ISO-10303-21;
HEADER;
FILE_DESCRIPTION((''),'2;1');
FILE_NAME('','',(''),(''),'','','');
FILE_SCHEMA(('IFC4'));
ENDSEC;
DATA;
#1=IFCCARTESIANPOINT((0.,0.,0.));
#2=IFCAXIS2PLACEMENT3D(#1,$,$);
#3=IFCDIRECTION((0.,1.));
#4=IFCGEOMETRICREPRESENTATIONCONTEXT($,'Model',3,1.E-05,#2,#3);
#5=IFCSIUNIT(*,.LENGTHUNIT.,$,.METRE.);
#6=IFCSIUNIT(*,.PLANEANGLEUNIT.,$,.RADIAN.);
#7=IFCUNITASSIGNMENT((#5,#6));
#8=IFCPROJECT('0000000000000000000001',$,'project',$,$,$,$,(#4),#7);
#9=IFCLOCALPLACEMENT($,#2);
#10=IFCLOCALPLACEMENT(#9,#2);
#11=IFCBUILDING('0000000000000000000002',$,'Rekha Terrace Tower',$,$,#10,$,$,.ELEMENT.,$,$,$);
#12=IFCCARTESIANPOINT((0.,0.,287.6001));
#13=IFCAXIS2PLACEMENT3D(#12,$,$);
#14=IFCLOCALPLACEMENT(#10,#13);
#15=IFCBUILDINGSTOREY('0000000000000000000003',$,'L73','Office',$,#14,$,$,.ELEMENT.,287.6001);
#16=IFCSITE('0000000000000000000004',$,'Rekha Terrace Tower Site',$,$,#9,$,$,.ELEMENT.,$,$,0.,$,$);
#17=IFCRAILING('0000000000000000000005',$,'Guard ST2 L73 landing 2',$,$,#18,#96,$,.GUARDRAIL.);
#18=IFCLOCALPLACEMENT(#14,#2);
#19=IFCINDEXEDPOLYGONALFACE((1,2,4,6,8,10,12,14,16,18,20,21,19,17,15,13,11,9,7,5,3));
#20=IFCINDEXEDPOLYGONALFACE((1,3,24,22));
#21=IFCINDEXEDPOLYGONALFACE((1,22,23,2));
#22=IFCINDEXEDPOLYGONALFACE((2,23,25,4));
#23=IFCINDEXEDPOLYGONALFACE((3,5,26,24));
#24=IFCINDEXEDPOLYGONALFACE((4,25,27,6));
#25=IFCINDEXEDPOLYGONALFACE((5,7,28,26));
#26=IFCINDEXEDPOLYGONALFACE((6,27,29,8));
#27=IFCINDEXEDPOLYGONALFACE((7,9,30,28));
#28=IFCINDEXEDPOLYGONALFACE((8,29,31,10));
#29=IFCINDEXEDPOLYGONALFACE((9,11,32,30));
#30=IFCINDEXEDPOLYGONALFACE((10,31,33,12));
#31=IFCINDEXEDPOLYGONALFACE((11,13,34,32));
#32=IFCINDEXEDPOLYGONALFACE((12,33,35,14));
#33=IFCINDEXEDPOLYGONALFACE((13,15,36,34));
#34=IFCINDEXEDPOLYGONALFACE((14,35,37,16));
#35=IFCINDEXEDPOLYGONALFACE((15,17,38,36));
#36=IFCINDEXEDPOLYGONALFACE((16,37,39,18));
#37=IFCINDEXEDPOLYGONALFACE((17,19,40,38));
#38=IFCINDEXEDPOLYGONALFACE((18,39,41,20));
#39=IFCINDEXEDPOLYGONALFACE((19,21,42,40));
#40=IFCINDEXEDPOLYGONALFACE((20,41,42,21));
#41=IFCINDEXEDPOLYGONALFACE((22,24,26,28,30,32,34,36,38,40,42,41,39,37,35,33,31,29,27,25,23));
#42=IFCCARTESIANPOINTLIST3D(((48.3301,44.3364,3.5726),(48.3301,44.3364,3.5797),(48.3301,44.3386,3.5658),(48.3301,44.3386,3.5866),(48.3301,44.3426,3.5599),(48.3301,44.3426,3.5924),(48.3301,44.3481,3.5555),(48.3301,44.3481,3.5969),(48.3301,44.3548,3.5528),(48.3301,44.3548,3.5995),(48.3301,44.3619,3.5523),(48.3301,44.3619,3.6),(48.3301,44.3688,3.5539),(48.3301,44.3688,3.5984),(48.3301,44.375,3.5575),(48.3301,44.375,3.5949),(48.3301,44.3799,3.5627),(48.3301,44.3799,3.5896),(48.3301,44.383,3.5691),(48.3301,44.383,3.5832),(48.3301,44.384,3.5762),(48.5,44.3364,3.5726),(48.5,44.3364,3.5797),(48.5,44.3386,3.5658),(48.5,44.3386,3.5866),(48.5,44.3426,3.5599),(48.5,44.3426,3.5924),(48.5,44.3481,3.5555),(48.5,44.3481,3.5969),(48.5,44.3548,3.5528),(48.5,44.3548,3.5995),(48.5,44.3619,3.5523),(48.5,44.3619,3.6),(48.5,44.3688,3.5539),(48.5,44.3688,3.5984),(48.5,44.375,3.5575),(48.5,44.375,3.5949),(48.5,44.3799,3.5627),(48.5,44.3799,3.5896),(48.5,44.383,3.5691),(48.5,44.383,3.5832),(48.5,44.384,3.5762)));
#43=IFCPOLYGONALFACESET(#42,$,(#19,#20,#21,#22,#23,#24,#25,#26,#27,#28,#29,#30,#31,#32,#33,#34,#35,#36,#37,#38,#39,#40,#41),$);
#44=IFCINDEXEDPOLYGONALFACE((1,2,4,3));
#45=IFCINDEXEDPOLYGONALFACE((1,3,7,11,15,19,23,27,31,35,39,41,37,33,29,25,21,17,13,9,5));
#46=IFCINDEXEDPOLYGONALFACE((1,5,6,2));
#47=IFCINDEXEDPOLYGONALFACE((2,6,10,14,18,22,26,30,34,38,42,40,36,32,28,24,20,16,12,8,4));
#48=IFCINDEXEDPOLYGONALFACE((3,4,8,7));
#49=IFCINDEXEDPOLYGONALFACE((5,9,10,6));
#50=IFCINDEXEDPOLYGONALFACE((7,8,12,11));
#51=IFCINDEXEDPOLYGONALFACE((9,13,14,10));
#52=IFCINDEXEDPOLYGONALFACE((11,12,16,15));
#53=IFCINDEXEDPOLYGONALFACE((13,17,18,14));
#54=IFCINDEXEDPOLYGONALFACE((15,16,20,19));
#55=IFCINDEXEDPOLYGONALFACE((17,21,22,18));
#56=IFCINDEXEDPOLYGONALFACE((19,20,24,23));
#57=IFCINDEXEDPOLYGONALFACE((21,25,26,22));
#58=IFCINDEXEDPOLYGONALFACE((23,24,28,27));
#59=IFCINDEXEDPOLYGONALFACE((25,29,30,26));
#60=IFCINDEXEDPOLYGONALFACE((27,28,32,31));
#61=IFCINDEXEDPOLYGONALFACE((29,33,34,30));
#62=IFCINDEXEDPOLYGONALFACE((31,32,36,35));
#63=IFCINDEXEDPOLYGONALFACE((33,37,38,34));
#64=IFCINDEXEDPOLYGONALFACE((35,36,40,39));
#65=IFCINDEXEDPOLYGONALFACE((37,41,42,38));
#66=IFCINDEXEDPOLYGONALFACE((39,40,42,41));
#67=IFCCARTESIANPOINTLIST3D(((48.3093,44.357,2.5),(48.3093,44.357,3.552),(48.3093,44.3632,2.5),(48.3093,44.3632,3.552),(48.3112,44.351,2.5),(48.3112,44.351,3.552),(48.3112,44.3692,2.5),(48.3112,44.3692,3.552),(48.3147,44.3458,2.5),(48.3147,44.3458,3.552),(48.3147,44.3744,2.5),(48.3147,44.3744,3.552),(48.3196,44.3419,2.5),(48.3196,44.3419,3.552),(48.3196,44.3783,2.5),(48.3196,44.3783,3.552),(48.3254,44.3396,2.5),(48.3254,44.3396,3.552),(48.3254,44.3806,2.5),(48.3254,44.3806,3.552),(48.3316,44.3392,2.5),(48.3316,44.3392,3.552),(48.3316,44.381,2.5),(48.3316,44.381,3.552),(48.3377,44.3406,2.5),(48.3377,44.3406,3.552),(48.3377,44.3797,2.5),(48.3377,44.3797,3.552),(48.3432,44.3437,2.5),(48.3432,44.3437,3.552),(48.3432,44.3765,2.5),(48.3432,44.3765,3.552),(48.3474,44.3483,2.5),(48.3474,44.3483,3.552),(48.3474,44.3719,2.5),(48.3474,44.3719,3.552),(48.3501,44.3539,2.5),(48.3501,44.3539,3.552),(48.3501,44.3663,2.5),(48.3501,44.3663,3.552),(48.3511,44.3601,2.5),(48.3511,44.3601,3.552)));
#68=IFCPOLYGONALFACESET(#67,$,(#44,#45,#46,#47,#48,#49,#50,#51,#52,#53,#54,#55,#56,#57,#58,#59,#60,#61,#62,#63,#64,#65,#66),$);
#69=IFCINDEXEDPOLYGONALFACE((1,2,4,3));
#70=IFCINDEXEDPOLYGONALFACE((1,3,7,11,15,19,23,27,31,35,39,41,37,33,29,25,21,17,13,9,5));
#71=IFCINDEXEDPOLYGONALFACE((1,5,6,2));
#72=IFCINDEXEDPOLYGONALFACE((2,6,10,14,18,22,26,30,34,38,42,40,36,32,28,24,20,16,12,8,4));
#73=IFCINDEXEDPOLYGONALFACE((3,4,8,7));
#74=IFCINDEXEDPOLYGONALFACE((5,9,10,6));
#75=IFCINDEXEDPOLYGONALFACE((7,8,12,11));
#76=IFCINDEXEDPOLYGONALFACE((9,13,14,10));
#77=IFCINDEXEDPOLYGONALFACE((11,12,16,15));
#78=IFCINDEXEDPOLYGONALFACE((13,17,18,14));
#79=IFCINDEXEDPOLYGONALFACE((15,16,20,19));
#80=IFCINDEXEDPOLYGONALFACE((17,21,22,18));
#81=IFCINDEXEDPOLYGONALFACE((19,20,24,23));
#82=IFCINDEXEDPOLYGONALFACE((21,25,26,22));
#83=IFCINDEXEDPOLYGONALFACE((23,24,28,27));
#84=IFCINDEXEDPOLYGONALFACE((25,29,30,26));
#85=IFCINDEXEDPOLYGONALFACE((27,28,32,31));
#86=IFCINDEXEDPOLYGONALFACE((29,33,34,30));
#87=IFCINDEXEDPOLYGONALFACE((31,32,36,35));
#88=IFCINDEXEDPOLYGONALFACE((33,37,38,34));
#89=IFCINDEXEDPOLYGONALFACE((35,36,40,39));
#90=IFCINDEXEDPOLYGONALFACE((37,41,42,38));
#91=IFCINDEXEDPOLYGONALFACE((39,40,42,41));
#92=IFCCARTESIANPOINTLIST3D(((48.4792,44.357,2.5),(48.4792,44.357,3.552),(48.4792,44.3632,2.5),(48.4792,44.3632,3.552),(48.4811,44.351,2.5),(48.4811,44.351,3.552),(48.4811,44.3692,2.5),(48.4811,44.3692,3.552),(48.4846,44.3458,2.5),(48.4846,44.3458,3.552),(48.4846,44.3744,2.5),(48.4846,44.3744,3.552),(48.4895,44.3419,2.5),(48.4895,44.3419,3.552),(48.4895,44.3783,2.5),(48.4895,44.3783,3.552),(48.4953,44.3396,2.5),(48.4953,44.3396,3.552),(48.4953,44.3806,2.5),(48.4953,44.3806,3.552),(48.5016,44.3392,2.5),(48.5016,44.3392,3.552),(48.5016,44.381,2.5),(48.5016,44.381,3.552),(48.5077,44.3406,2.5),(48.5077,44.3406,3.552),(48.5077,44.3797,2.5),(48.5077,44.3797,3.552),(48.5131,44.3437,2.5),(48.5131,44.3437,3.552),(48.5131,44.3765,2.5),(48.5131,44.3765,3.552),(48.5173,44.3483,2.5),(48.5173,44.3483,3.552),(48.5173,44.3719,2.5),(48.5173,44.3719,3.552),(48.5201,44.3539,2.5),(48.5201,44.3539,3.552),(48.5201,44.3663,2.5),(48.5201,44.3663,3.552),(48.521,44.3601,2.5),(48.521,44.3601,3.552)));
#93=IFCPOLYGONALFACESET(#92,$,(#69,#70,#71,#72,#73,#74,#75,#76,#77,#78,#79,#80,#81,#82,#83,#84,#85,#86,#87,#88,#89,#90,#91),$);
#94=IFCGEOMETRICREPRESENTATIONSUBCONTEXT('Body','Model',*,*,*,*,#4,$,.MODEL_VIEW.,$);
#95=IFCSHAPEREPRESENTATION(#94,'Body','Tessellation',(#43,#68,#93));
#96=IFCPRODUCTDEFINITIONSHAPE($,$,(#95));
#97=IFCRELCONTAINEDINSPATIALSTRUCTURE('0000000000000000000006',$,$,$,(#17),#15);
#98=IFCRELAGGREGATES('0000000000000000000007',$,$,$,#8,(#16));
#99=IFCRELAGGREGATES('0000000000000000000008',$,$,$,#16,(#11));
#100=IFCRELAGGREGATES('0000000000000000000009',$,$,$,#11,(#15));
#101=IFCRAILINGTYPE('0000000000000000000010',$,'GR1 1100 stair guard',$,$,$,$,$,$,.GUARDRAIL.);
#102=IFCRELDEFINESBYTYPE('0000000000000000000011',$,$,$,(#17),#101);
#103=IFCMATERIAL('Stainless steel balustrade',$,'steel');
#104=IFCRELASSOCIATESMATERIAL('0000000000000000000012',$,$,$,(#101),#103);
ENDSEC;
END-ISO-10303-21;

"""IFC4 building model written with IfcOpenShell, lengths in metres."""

from ifc_helpers import new_model, si_unit, direction, frame, origin, origin_2d, place, context, subcontext, project, spatial, circle, extrude, material, type_object, element, save


model = new_model("IFC4")

# Units and contexts
model_context = context("Model", 3, precision=1e-05, world=origin(), true_north=direction((0.0, 1.0)))
body_context = subcontext(model_context, "Body", "Model", "MODEL_VIEW")
ifc_project = project(units=[si_unit("LENGTHUNIT", "METRE"), si_unit("PLANEANGLEUNIT", "RADIAN")], contexts=[model_context])

# Site, building, storey
site_placement = place(None, origin())
site = spatial("IfcSite", under=ifc_project, at=site_placement, Name="Rekha Terrace Tower Site", CompositionType="ELEMENT", RefElevation=0.0)
building_placement = place(site_placement, origin())
building = spatial("IfcBuilding", under=site, at=building_placement, Name="Rekha Terrace Tower", CompositionType="ELEMENT")
storey_placement = place(building_placement, frame((0.0, 0.0, 287.6001)))
storey = spatial("IfcBuildingStorey", under=building, at=storey_placement, Name="L73", Description="Office", CompositionType="ELEMENT", Elevation=287.6001)

# Railing
ifc_material_1 = material(Name="Stainless steel balustrade", Category="steel")
railing_type_1 = type_object("IfcRailingType", Name="GR1 1100 stair guard", PredefinedType="GUARDRAIL", material=ifc_material_1)
railing_1_placement = place(storey_placement, frame((48.3301, 44.3601, 2.5)))
element("IfcRailing", 1, at=railing_1_placement, inside=storey, type_object=railing_type_1, Name="Guard ST2 L73 landing 2", PredefinedType="GUARDRAIL", context=body_context, shape_type="SweptSolid", body=[
    extrude(circle(Radius=0.0239, at=origin_2d()), frame((0.0, 0.0, 1.0762), z_axis=(1.0, 0.0, 0.0), x_axis=(0.0, 1.0, 0.0)), (0.0, 0.0, 1.0), 0.1699),
    extrude(circle(Radius=0.021, at=origin_2d()), origin(), (0.0, 0.0, 1.0), 1.052),
    extrude(circle(Radius=0.021, at=origin_2d()), frame((0.1699, 0.0, 0.0)), (0.0, 0.0, 1.0), 1.052),
])

save(model, "model.ifc")
